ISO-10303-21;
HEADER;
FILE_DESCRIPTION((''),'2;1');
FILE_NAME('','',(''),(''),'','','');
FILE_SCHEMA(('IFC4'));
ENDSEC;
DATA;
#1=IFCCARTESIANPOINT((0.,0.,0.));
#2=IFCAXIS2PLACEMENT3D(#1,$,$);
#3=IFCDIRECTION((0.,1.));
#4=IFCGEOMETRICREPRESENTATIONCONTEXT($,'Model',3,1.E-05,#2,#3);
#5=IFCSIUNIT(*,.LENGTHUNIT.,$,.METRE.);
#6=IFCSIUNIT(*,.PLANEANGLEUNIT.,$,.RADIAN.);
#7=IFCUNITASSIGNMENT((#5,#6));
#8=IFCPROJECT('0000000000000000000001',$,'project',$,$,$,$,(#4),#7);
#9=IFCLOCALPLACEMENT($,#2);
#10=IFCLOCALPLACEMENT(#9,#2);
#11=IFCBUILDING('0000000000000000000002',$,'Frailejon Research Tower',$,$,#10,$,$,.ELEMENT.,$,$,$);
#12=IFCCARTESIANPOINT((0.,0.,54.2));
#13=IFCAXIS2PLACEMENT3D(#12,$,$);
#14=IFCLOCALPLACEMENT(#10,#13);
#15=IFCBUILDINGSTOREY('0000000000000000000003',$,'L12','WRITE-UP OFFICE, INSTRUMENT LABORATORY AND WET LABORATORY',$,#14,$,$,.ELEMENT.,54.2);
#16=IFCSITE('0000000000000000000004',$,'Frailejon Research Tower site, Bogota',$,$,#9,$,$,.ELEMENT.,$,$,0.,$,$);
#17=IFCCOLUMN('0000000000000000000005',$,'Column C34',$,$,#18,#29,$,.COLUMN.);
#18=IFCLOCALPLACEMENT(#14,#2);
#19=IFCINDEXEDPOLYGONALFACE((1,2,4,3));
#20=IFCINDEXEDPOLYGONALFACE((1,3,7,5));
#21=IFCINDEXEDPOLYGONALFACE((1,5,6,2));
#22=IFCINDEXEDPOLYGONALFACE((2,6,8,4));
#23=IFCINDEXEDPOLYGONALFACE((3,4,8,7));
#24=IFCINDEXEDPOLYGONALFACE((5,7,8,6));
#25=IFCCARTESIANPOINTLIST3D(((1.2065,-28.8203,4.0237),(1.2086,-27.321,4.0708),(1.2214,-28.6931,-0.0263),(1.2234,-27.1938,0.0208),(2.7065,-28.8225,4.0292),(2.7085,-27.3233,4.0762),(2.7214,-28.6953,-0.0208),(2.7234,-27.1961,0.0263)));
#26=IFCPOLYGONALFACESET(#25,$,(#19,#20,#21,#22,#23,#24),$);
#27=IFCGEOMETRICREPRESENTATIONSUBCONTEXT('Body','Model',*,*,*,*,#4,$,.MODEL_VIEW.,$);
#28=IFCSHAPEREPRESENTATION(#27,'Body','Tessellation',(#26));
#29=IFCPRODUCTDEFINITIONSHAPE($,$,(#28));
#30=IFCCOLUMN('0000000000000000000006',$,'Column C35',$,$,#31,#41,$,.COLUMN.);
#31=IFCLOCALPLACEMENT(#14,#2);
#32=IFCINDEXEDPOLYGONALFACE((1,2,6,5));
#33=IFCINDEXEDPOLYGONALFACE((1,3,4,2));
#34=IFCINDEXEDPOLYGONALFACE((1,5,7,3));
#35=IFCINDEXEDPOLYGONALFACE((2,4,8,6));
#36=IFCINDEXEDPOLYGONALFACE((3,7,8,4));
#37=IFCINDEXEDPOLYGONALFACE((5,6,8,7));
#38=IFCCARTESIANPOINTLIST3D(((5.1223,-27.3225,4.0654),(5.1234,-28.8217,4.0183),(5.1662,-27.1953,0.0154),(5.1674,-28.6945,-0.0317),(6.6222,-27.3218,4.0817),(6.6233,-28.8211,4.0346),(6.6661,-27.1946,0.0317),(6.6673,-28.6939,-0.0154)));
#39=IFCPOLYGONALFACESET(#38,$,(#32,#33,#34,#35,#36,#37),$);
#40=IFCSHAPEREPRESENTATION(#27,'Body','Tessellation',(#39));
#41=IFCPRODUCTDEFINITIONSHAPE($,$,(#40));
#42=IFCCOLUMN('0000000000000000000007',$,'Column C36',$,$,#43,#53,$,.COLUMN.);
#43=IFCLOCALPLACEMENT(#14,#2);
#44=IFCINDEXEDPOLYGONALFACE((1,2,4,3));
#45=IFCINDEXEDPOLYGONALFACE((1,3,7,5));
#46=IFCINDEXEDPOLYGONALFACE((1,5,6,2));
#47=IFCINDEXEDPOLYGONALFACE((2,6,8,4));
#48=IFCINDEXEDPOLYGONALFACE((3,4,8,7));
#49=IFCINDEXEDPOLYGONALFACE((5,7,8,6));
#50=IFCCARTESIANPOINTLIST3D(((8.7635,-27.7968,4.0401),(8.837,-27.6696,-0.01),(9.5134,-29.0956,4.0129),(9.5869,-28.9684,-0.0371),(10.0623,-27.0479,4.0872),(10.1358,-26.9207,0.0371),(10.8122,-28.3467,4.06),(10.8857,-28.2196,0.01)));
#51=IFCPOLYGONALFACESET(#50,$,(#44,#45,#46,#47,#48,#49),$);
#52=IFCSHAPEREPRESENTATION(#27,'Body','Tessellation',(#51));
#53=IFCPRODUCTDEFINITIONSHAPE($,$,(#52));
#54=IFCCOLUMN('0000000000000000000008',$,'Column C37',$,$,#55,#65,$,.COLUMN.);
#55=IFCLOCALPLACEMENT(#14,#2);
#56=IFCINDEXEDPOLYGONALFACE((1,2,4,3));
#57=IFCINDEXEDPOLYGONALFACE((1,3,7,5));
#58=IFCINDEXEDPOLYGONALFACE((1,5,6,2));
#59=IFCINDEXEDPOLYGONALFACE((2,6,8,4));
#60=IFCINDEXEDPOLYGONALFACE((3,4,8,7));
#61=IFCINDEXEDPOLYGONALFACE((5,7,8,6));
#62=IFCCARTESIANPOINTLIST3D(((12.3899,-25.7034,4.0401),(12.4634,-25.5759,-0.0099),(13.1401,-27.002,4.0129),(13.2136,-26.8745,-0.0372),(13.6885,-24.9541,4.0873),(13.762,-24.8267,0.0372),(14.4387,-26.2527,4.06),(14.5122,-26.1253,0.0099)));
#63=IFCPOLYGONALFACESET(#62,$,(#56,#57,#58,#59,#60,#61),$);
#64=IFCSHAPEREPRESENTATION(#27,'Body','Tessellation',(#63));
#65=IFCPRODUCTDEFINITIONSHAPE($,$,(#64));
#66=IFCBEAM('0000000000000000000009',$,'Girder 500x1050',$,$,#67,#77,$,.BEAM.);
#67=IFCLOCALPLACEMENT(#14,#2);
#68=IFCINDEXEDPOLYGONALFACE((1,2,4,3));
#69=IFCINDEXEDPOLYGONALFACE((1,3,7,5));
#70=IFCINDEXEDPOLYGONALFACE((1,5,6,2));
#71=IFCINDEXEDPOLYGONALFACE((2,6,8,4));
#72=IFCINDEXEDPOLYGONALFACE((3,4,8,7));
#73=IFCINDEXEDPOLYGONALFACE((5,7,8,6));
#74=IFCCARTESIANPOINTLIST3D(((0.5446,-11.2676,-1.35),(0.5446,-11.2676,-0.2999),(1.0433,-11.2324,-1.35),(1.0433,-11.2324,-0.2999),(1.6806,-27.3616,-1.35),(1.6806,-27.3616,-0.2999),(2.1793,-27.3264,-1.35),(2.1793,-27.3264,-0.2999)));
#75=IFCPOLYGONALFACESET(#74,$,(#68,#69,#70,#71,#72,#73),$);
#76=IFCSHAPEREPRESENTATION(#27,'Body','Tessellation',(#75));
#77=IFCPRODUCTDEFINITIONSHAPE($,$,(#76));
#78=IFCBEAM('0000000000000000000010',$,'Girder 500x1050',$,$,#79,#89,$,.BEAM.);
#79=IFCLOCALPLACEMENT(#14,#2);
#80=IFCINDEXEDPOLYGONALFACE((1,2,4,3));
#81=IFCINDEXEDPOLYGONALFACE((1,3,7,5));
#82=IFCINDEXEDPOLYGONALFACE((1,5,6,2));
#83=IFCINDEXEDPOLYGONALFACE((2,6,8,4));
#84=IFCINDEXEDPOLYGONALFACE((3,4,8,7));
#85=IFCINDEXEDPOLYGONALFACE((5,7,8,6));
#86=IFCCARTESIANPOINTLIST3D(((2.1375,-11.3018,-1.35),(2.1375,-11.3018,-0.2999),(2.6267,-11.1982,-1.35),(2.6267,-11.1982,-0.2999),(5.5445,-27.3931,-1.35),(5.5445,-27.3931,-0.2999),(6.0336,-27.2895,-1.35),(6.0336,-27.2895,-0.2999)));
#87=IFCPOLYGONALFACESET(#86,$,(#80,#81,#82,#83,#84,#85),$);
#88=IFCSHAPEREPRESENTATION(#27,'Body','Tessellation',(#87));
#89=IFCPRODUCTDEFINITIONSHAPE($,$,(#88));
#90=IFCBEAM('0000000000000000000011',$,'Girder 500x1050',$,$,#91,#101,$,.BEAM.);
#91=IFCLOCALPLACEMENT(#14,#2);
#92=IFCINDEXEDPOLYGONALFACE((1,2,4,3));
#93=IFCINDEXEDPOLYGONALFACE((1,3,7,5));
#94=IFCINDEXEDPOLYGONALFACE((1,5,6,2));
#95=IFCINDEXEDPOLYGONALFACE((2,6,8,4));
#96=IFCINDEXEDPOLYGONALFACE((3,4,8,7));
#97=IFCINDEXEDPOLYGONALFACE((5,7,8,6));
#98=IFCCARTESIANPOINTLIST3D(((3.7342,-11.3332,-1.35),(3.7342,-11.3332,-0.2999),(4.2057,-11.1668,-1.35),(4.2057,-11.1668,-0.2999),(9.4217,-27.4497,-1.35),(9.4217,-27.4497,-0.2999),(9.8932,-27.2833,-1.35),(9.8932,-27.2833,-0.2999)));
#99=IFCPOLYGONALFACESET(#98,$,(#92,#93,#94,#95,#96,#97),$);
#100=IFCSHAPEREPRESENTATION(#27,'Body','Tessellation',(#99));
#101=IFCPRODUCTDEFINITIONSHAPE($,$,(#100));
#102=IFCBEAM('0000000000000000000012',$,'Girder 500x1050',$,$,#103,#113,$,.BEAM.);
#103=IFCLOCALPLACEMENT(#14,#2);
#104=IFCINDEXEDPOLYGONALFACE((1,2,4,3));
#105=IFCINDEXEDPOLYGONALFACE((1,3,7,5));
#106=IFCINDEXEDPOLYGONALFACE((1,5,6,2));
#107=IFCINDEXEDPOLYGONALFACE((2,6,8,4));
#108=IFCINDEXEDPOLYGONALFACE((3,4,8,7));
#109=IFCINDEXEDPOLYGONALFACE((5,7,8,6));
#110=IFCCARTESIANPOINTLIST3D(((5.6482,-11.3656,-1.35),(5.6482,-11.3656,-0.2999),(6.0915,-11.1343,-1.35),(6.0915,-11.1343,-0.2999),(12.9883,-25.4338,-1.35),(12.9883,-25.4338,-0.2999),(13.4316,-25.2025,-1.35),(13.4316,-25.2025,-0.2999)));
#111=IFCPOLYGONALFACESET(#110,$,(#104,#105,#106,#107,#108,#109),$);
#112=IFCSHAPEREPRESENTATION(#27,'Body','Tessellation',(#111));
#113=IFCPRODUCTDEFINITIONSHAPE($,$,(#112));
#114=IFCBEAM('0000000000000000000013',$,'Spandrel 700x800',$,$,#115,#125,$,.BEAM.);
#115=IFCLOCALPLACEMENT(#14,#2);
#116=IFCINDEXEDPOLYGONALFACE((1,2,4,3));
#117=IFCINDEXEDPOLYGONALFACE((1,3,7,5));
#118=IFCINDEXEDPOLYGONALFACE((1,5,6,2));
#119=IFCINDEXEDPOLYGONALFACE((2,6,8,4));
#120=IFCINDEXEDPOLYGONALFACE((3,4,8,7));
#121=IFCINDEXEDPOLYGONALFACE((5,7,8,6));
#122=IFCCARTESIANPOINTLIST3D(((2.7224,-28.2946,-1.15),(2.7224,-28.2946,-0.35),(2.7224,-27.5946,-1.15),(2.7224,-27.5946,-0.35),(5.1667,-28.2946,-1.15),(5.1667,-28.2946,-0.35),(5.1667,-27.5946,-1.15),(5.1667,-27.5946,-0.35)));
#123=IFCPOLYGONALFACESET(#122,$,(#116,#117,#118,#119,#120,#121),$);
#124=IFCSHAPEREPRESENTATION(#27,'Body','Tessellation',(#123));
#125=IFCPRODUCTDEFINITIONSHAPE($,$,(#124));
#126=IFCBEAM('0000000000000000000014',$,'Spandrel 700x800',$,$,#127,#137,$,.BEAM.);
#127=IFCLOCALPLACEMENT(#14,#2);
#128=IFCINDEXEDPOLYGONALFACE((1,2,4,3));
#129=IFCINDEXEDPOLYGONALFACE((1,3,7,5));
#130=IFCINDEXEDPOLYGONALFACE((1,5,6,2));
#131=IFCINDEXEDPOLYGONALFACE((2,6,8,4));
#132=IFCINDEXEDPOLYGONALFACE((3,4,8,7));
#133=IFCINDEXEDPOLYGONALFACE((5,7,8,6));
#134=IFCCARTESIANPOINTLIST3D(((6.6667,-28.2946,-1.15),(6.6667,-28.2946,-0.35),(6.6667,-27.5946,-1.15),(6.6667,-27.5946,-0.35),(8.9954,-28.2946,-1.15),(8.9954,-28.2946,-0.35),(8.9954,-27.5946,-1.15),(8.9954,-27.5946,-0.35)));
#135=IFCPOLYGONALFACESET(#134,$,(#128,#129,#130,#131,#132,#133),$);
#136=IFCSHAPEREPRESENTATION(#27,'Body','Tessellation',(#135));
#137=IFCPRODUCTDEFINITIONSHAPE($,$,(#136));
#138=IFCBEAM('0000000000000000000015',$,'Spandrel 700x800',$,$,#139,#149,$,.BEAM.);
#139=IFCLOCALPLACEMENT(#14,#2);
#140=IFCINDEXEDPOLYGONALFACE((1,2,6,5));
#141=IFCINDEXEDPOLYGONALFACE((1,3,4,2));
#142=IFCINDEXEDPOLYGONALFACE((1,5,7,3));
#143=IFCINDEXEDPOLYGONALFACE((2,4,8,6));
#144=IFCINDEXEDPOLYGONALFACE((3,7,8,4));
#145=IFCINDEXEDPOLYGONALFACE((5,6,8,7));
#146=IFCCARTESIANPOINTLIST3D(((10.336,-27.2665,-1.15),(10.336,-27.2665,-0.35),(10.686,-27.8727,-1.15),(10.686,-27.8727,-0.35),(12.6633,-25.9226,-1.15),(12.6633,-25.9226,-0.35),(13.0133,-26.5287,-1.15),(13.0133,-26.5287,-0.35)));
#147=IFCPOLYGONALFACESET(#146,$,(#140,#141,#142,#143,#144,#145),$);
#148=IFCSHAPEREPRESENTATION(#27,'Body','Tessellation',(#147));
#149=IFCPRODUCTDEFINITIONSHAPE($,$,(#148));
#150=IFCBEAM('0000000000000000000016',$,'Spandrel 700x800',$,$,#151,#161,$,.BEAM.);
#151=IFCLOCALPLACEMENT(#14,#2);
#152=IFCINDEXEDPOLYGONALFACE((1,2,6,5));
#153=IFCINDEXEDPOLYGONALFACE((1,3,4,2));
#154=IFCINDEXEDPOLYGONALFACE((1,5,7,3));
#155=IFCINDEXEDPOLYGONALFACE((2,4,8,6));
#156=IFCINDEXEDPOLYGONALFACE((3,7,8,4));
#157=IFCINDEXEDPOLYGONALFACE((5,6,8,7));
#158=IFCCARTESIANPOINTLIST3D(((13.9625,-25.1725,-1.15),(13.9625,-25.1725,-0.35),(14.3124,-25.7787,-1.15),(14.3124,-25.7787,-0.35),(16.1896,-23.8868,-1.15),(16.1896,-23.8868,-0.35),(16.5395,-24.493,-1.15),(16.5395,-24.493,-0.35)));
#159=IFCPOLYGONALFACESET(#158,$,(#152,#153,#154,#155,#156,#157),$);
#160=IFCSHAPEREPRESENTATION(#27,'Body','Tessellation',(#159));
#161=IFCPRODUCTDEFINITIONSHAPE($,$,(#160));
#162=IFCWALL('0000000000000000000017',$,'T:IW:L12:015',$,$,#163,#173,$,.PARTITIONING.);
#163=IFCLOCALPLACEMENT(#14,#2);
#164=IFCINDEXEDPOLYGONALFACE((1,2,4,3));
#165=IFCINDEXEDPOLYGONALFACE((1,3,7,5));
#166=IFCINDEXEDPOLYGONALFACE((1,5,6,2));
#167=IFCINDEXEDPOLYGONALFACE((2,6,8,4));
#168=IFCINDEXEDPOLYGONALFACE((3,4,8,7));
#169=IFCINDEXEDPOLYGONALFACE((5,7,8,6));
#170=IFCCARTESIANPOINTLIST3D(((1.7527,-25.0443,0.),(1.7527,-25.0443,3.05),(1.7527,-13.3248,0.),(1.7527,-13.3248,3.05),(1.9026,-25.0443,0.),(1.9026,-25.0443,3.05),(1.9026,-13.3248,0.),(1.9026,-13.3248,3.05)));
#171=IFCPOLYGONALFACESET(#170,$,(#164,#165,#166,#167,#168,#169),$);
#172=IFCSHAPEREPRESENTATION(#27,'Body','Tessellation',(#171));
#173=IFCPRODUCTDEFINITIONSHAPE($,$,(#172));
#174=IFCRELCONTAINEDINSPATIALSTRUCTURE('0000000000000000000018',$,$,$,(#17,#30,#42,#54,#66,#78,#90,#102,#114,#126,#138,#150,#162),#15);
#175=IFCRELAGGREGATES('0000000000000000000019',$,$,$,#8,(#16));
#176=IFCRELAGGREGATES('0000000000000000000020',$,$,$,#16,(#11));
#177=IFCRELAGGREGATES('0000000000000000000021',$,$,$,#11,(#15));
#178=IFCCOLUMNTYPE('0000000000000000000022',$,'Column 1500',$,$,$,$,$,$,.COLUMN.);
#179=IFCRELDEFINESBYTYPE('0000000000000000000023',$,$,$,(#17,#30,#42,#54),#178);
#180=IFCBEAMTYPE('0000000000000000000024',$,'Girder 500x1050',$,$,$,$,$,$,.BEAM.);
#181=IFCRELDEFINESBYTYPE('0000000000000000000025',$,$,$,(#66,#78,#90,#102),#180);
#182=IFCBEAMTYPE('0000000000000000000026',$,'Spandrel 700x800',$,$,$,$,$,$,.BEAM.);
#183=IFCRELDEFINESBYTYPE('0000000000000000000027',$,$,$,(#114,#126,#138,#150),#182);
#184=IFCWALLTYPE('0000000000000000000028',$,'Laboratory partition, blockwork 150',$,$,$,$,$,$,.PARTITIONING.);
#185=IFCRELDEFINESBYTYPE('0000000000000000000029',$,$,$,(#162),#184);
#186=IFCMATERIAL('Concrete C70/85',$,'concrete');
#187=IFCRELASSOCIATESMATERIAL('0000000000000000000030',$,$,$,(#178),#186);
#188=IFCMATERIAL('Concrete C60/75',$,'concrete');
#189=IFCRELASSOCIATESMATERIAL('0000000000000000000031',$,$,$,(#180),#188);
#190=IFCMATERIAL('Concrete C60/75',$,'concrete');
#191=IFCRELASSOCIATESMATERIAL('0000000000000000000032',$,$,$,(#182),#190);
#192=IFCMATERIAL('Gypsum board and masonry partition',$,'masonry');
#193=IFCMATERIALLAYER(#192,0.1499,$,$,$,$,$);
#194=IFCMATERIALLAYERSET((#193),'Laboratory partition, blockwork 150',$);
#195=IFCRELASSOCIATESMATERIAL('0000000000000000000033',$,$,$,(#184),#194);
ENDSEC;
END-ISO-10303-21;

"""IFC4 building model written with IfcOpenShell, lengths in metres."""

from ifc_helpers import new_model, si_unit, direction, frame, frame_2d, origin, origin_2d, place, context, subcontext, project, spatial, rectangle, extrude, material, layer, layer_set, material_profile, profile_set, type_object, element, save


model = new_model("IFC4")

# Units and contexts
model_context = context("Model", 3, precision=1e-05, world=origin(), true_north=direction((0.0, 1.0)))
body_context = subcontext(model_context, "Body", "Model", "MODEL_VIEW")
ifc_project = project(units=[si_unit("LENGTHUNIT", "METRE"), si_unit("PLANEANGLEUNIT", "RADIAN")], contexts=[model_context])

# Site, building, storey
site_placement = place(None, origin())
site = spatial("IfcSite", under=ifc_project, at=site_placement, Name="Frailejon Research Tower site, Bogota", CompositionType="ELEMENT", RefElevation=0.0)
building_placement = place(site_placement, origin())
building = spatial("IfcBuilding", under=site, at=building_placement, Name="Frailejon Research Tower", CompositionType="ELEMENT")
storey_placement = place(building_placement, frame((0.0, 0.0, 54.2)))
storey = spatial("IfcBuildingStorey", under=building, at=storey_placement, Name="L12", Description="WRITE-UP OFFICE, INSTRUMENT LABORATORY AND WET LABORATORY", CompositionType="ELEMENT", Elevation=54.2)

# Columns
ifc_material_1 = material(Name="Concrete C70/85", Category="concrete")
ifc_material_profile_1 = material_profile(ifc_material_1, rectangle(XDim=1.5, YDim=1.5, at=origin_2d()), Name="Column 1500")
ifc_profile_set_1 = profile_set([ifc_material_profile_1], Name="Concrete C70/85")
column_type = type_object("IfcColumnType", Name="Column 1500", PredefinedType="COLUMN", material=ifc_profile_set_1)
column_1_placement = place(storey_placement, frame((1.9724, -27.9446, 0.0), z_axis=(-0.003675, -0.031391, 0.9995), x_axis=(0.999992, -0.001487, 0.00363)))
element("IfcColumn", 1, at=column_1_placement, inside=storey, type_object=column_type, Name="Column C34", PredefinedType="COLUMN", context=body_context, shape_type="SweptSolid", body=[
    extrude(rectangle(XDim=1.5, YDim=1.5, at=origin_2d()), origin(), (0.0, 0.0, 1.0), 4.052),
])
column_2_placement = place(storey_placement, frame((5.9167, -27.9446, 0.0), z_axis=(-0.010845, -0.031389, 0.999448), x_axis=(0.999941, 0.000427, 0.010863)))
element("IfcColumn", 2, at=column_2_placement, inside=storey, type_object=column_type, Name="Column C35", PredefinedType="COLUMN", context=body_context, shape_type="SweptSolid", body=[
    extrude(rectangle(XDim=1.5, YDim=1.5, at=origin_2d()), origin(), (0.0, 0.0, 1.0), 4.0522),
])
for number, where, z_axis, x_axis, name in (
    (3, (9.8613, -27.9446, 0.0), (-0.018133, -0.031386, 0.999343), (0.865885, 0.499257, 0.031391), "Column C36"),
    (4, (13.4878, -25.8506, 0.0), (-0.018133, -0.031446, 0.999341), (0.865741, 0.499505, 0.031426), "Column C37"),
):
    element("IfcColumn", number, at=place(storey_placement, frame(where, z_axis=z_axis, x_axis=x_axis)), inside=storey, type_object=column_type, Name=name, PredefinedType="COLUMN", context=body_context, shape_type="SweptSolid", body=[
        extrude(rectangle(XDim=1.5, YDim=1.5, at=origin_2d()), origin(), (0.0, 0.0, 1.0), 4.0527),
    ])

# Beams
ifc_material_2 = material(Name="Concrete C60/75", Category="concrete")
ifc_material_profile_2 = material_profile(ifc_material_2, rectangle(XDim=0.5, YDim=1.05, at=origin_2d()), Name="Girder 500x1050")
ifc_profile_set_2 = profile_set([ifc_material_profile_2], Name="Concrete C60/75")
beam_type_1 = type_object("IfcBeamType", Name="Girder 500x1050", PredefinedType="BEAM", material=ifc_profile_set_2)
beam_1_placement = place(storey_placement, frame((1.9299, -27.344, -0.825), z_axis=(-0.070409, 0.997518, 0.0), x_axis=(-0.997518, -0.070409, 0.0)))
element("IfcBeam", 5, at=beam_1_placement, inside=storey, type_object=beam_type_1, Name="Girder 500x1050", PredefinedType="BEAM", context=body_context, shape_type="SweptSolid", body=[
    extrude(rectangle(XDim=0.5, YDim=1.05, at=origin_2d()), origin(), (0.0, 0.0, 1.0), 16.134),
])
beam_2_placement = place(storey_placement, frame((5.7891, -27.3413, -0.825), z_axis=(-0.207136, 0.978312, 0.0), x_axis=(-0.978312, -0.207136, 0.0)))
element("IfcBeam", 6, at=beam_2_placement, inside=storey, type_object=beam_type_1, Name="Girder 500x1050", PredefinedType="BEAM", context=body_context, shape_type="SweptSolid", body=[
    extrude(rectangle(XDim=0.5, YDim=1.05, at=origin_2d()), origin(), (0.0, 0.0, 1.0), 16.448),
])
beam_3_placement = place(storey_placement, frame((9.6575, -27.3665, -0.825), z_axis=(-0.332786, 0.943002, 0.0), x_axis=(-0.943002, -0.332786, 0.0)))
element("IfcBeam", 7, at=beam_3_placement, inside=storey, type_object=beam_type_1, Name="Girder 500x1050", PredefinedType="BEAM", context=body_context, shape_type="SweptSolid", body=[
    extrude(rectangle(XDim=0.5, YDim=1.05, at=origin_2d()), origin(), (0.0, 0.0, 1.0), 17.0906),
])
beam_4_placement = place(storey_placement, frame((13.21, -25.3181, -0.825), z_axis=(-0.462576, 0.88658, 0.0), x_axis=(-0.88658, -0.462576, 0.0)))
element("IfcBeam", 8, at=beam_4_placement, inside=storey, type_object=beam_type_1, Name="Girder 500x1050", PredefinedType="BEAM", context=body_context, shape_type="SweptSolid", body=[
    extrude(rectangle(XDim=0.5, YDim=1.05, at=origin_2d()), origin(), (0.0, 0.0, 1.0), 15.8679),
])
ifc_material_3 = material(Name="Concrete C60/75", Category="concrete")
ifc_material_profile_3 = material_profile(ifc_material_3, rectangle(XDim=0.7, YDim=0.8, at=origin_2d()), Name="Spandrel 700x800")
ifc_profile_set_3 = profile_set([ifc_material_profile_3], Name="Concrete C60/75")
beam_type_2 = type_object("IfcBeamType", Name="Spandrel 700x800", PredefinedType="BEAM", material=ifc_profile_set_3)
beam_5_placement = place(storey_placement, frame((2.7224, -27.9446, -0.75), z_axis=(1.0, 0.0, 0.0), x_axis=(0.0, 1.0, 0.0)))
element("IfcBeam", 9, at=beam_5_placement, inside=storey, type_object=beam_type_2, Name="Spandrel 700x800", PredefinedType="BEAM", context=body_context, shape_type="SweptSolid", body=[
    extrude(rectangle(XDim=0.7, YDim=0.8, at=origin_2d()), origin(), (0.0, 0.0, 1.0), 2.4443),
])
beam_6_placement = place(storey_placement, frame((6.6667, -27.9446, -0.75), z_axis=(1.0, 0.0, 0.0), x_axis=(0.0, 1.0, 0.0)))
element("IfcBeam", 10, at=beam_6_placement, inside=storey, type_object=beam_type_2, Name="Spandrel 700x800", PredefinedType="BEAM", context=body_context, shape_type="SweptSolid", body=[
    extrude(rectangle(XDim=0.7, YDim=0.8, at=origin_2d()), origin(), (0.0, 0.0, 1.0), 2.3286),
])
beam_7_placement = place(storey_placement, frame((10.511, -27.5696, -0.75), z_axis=(0.865981, 0.500076, 0.0), x_axis=(-0.500076, 0.865981, 0.0)))
element("IfcBeam", 11, at=beam_7_placement, inside=storey, type_object=beam_type_2, Name="Spandrel 700x800", PredefinedType="BEAM", context=body_context, shape_type="SweptSolid", body=[
    extrude(rectangle(XDim=0.7, YDim=0.8, at=origin_2d()), origin(), (0.0, 0.0, 1.0), 2.6875),
])
beam_8_placement = place(storey_placement, frame((14.1375, -25.4756, -0.75), z_axis=(0.86605, 0.499958, 0.0), x_axis=(-0.499958, 0.86605, 0.0)))
element("IfcBeam", 12, at=beam_8_placement, inside=storey, type_object=beam_type_2, Name="Spandrel 700x800", PredefinedType="BEAM", context=body_context, shape_type="SweptSolid", body=[
    extrude(rectangle(XDim=0.7, YDim=0.8, at=origin_2d()), origin(), (0.0, 0.0, 1.0), 2.5715),
])

# Wall
ifc_material_4 = material(Name="Gypsum board and masonry partition", Category="masonry")
ifc_layer_1 = layer(ifc_material_4, 0.1499)
ifc_layer_set_1 = layer_set([ifc_layer_1], Name="Laboratory partition, blockwork 150")
wall_type_1 = type_object("IfcWallType", Name="Laboratory partition, blockwork 150", PredefinedType="PARTITIONING", material=ifc_layer_set_1)
wall_1_placement = place(storey_placement, frame((1.8276, -25.0444, 0.0), z_axis=(0.0, 0.0, 1.0), x_axis=(0.0, 1.0, 0.0)))
element("IfcWall", 13, at=wall_1_placement, inside=storey, type_object=wall_type_1, Name="T:IW:L12:015", PredefinedType="PARTITIONING", context=body_context, shape_type="SweptSolid", body=[
    extrude(rectangle(XDim=11.7195, YDim=0.1499, at=frame_2d((5.8599, 0.0))), origin(), (0.0, 0.0, 1.0), 3.05),
])

save(model, "model.ifc")
